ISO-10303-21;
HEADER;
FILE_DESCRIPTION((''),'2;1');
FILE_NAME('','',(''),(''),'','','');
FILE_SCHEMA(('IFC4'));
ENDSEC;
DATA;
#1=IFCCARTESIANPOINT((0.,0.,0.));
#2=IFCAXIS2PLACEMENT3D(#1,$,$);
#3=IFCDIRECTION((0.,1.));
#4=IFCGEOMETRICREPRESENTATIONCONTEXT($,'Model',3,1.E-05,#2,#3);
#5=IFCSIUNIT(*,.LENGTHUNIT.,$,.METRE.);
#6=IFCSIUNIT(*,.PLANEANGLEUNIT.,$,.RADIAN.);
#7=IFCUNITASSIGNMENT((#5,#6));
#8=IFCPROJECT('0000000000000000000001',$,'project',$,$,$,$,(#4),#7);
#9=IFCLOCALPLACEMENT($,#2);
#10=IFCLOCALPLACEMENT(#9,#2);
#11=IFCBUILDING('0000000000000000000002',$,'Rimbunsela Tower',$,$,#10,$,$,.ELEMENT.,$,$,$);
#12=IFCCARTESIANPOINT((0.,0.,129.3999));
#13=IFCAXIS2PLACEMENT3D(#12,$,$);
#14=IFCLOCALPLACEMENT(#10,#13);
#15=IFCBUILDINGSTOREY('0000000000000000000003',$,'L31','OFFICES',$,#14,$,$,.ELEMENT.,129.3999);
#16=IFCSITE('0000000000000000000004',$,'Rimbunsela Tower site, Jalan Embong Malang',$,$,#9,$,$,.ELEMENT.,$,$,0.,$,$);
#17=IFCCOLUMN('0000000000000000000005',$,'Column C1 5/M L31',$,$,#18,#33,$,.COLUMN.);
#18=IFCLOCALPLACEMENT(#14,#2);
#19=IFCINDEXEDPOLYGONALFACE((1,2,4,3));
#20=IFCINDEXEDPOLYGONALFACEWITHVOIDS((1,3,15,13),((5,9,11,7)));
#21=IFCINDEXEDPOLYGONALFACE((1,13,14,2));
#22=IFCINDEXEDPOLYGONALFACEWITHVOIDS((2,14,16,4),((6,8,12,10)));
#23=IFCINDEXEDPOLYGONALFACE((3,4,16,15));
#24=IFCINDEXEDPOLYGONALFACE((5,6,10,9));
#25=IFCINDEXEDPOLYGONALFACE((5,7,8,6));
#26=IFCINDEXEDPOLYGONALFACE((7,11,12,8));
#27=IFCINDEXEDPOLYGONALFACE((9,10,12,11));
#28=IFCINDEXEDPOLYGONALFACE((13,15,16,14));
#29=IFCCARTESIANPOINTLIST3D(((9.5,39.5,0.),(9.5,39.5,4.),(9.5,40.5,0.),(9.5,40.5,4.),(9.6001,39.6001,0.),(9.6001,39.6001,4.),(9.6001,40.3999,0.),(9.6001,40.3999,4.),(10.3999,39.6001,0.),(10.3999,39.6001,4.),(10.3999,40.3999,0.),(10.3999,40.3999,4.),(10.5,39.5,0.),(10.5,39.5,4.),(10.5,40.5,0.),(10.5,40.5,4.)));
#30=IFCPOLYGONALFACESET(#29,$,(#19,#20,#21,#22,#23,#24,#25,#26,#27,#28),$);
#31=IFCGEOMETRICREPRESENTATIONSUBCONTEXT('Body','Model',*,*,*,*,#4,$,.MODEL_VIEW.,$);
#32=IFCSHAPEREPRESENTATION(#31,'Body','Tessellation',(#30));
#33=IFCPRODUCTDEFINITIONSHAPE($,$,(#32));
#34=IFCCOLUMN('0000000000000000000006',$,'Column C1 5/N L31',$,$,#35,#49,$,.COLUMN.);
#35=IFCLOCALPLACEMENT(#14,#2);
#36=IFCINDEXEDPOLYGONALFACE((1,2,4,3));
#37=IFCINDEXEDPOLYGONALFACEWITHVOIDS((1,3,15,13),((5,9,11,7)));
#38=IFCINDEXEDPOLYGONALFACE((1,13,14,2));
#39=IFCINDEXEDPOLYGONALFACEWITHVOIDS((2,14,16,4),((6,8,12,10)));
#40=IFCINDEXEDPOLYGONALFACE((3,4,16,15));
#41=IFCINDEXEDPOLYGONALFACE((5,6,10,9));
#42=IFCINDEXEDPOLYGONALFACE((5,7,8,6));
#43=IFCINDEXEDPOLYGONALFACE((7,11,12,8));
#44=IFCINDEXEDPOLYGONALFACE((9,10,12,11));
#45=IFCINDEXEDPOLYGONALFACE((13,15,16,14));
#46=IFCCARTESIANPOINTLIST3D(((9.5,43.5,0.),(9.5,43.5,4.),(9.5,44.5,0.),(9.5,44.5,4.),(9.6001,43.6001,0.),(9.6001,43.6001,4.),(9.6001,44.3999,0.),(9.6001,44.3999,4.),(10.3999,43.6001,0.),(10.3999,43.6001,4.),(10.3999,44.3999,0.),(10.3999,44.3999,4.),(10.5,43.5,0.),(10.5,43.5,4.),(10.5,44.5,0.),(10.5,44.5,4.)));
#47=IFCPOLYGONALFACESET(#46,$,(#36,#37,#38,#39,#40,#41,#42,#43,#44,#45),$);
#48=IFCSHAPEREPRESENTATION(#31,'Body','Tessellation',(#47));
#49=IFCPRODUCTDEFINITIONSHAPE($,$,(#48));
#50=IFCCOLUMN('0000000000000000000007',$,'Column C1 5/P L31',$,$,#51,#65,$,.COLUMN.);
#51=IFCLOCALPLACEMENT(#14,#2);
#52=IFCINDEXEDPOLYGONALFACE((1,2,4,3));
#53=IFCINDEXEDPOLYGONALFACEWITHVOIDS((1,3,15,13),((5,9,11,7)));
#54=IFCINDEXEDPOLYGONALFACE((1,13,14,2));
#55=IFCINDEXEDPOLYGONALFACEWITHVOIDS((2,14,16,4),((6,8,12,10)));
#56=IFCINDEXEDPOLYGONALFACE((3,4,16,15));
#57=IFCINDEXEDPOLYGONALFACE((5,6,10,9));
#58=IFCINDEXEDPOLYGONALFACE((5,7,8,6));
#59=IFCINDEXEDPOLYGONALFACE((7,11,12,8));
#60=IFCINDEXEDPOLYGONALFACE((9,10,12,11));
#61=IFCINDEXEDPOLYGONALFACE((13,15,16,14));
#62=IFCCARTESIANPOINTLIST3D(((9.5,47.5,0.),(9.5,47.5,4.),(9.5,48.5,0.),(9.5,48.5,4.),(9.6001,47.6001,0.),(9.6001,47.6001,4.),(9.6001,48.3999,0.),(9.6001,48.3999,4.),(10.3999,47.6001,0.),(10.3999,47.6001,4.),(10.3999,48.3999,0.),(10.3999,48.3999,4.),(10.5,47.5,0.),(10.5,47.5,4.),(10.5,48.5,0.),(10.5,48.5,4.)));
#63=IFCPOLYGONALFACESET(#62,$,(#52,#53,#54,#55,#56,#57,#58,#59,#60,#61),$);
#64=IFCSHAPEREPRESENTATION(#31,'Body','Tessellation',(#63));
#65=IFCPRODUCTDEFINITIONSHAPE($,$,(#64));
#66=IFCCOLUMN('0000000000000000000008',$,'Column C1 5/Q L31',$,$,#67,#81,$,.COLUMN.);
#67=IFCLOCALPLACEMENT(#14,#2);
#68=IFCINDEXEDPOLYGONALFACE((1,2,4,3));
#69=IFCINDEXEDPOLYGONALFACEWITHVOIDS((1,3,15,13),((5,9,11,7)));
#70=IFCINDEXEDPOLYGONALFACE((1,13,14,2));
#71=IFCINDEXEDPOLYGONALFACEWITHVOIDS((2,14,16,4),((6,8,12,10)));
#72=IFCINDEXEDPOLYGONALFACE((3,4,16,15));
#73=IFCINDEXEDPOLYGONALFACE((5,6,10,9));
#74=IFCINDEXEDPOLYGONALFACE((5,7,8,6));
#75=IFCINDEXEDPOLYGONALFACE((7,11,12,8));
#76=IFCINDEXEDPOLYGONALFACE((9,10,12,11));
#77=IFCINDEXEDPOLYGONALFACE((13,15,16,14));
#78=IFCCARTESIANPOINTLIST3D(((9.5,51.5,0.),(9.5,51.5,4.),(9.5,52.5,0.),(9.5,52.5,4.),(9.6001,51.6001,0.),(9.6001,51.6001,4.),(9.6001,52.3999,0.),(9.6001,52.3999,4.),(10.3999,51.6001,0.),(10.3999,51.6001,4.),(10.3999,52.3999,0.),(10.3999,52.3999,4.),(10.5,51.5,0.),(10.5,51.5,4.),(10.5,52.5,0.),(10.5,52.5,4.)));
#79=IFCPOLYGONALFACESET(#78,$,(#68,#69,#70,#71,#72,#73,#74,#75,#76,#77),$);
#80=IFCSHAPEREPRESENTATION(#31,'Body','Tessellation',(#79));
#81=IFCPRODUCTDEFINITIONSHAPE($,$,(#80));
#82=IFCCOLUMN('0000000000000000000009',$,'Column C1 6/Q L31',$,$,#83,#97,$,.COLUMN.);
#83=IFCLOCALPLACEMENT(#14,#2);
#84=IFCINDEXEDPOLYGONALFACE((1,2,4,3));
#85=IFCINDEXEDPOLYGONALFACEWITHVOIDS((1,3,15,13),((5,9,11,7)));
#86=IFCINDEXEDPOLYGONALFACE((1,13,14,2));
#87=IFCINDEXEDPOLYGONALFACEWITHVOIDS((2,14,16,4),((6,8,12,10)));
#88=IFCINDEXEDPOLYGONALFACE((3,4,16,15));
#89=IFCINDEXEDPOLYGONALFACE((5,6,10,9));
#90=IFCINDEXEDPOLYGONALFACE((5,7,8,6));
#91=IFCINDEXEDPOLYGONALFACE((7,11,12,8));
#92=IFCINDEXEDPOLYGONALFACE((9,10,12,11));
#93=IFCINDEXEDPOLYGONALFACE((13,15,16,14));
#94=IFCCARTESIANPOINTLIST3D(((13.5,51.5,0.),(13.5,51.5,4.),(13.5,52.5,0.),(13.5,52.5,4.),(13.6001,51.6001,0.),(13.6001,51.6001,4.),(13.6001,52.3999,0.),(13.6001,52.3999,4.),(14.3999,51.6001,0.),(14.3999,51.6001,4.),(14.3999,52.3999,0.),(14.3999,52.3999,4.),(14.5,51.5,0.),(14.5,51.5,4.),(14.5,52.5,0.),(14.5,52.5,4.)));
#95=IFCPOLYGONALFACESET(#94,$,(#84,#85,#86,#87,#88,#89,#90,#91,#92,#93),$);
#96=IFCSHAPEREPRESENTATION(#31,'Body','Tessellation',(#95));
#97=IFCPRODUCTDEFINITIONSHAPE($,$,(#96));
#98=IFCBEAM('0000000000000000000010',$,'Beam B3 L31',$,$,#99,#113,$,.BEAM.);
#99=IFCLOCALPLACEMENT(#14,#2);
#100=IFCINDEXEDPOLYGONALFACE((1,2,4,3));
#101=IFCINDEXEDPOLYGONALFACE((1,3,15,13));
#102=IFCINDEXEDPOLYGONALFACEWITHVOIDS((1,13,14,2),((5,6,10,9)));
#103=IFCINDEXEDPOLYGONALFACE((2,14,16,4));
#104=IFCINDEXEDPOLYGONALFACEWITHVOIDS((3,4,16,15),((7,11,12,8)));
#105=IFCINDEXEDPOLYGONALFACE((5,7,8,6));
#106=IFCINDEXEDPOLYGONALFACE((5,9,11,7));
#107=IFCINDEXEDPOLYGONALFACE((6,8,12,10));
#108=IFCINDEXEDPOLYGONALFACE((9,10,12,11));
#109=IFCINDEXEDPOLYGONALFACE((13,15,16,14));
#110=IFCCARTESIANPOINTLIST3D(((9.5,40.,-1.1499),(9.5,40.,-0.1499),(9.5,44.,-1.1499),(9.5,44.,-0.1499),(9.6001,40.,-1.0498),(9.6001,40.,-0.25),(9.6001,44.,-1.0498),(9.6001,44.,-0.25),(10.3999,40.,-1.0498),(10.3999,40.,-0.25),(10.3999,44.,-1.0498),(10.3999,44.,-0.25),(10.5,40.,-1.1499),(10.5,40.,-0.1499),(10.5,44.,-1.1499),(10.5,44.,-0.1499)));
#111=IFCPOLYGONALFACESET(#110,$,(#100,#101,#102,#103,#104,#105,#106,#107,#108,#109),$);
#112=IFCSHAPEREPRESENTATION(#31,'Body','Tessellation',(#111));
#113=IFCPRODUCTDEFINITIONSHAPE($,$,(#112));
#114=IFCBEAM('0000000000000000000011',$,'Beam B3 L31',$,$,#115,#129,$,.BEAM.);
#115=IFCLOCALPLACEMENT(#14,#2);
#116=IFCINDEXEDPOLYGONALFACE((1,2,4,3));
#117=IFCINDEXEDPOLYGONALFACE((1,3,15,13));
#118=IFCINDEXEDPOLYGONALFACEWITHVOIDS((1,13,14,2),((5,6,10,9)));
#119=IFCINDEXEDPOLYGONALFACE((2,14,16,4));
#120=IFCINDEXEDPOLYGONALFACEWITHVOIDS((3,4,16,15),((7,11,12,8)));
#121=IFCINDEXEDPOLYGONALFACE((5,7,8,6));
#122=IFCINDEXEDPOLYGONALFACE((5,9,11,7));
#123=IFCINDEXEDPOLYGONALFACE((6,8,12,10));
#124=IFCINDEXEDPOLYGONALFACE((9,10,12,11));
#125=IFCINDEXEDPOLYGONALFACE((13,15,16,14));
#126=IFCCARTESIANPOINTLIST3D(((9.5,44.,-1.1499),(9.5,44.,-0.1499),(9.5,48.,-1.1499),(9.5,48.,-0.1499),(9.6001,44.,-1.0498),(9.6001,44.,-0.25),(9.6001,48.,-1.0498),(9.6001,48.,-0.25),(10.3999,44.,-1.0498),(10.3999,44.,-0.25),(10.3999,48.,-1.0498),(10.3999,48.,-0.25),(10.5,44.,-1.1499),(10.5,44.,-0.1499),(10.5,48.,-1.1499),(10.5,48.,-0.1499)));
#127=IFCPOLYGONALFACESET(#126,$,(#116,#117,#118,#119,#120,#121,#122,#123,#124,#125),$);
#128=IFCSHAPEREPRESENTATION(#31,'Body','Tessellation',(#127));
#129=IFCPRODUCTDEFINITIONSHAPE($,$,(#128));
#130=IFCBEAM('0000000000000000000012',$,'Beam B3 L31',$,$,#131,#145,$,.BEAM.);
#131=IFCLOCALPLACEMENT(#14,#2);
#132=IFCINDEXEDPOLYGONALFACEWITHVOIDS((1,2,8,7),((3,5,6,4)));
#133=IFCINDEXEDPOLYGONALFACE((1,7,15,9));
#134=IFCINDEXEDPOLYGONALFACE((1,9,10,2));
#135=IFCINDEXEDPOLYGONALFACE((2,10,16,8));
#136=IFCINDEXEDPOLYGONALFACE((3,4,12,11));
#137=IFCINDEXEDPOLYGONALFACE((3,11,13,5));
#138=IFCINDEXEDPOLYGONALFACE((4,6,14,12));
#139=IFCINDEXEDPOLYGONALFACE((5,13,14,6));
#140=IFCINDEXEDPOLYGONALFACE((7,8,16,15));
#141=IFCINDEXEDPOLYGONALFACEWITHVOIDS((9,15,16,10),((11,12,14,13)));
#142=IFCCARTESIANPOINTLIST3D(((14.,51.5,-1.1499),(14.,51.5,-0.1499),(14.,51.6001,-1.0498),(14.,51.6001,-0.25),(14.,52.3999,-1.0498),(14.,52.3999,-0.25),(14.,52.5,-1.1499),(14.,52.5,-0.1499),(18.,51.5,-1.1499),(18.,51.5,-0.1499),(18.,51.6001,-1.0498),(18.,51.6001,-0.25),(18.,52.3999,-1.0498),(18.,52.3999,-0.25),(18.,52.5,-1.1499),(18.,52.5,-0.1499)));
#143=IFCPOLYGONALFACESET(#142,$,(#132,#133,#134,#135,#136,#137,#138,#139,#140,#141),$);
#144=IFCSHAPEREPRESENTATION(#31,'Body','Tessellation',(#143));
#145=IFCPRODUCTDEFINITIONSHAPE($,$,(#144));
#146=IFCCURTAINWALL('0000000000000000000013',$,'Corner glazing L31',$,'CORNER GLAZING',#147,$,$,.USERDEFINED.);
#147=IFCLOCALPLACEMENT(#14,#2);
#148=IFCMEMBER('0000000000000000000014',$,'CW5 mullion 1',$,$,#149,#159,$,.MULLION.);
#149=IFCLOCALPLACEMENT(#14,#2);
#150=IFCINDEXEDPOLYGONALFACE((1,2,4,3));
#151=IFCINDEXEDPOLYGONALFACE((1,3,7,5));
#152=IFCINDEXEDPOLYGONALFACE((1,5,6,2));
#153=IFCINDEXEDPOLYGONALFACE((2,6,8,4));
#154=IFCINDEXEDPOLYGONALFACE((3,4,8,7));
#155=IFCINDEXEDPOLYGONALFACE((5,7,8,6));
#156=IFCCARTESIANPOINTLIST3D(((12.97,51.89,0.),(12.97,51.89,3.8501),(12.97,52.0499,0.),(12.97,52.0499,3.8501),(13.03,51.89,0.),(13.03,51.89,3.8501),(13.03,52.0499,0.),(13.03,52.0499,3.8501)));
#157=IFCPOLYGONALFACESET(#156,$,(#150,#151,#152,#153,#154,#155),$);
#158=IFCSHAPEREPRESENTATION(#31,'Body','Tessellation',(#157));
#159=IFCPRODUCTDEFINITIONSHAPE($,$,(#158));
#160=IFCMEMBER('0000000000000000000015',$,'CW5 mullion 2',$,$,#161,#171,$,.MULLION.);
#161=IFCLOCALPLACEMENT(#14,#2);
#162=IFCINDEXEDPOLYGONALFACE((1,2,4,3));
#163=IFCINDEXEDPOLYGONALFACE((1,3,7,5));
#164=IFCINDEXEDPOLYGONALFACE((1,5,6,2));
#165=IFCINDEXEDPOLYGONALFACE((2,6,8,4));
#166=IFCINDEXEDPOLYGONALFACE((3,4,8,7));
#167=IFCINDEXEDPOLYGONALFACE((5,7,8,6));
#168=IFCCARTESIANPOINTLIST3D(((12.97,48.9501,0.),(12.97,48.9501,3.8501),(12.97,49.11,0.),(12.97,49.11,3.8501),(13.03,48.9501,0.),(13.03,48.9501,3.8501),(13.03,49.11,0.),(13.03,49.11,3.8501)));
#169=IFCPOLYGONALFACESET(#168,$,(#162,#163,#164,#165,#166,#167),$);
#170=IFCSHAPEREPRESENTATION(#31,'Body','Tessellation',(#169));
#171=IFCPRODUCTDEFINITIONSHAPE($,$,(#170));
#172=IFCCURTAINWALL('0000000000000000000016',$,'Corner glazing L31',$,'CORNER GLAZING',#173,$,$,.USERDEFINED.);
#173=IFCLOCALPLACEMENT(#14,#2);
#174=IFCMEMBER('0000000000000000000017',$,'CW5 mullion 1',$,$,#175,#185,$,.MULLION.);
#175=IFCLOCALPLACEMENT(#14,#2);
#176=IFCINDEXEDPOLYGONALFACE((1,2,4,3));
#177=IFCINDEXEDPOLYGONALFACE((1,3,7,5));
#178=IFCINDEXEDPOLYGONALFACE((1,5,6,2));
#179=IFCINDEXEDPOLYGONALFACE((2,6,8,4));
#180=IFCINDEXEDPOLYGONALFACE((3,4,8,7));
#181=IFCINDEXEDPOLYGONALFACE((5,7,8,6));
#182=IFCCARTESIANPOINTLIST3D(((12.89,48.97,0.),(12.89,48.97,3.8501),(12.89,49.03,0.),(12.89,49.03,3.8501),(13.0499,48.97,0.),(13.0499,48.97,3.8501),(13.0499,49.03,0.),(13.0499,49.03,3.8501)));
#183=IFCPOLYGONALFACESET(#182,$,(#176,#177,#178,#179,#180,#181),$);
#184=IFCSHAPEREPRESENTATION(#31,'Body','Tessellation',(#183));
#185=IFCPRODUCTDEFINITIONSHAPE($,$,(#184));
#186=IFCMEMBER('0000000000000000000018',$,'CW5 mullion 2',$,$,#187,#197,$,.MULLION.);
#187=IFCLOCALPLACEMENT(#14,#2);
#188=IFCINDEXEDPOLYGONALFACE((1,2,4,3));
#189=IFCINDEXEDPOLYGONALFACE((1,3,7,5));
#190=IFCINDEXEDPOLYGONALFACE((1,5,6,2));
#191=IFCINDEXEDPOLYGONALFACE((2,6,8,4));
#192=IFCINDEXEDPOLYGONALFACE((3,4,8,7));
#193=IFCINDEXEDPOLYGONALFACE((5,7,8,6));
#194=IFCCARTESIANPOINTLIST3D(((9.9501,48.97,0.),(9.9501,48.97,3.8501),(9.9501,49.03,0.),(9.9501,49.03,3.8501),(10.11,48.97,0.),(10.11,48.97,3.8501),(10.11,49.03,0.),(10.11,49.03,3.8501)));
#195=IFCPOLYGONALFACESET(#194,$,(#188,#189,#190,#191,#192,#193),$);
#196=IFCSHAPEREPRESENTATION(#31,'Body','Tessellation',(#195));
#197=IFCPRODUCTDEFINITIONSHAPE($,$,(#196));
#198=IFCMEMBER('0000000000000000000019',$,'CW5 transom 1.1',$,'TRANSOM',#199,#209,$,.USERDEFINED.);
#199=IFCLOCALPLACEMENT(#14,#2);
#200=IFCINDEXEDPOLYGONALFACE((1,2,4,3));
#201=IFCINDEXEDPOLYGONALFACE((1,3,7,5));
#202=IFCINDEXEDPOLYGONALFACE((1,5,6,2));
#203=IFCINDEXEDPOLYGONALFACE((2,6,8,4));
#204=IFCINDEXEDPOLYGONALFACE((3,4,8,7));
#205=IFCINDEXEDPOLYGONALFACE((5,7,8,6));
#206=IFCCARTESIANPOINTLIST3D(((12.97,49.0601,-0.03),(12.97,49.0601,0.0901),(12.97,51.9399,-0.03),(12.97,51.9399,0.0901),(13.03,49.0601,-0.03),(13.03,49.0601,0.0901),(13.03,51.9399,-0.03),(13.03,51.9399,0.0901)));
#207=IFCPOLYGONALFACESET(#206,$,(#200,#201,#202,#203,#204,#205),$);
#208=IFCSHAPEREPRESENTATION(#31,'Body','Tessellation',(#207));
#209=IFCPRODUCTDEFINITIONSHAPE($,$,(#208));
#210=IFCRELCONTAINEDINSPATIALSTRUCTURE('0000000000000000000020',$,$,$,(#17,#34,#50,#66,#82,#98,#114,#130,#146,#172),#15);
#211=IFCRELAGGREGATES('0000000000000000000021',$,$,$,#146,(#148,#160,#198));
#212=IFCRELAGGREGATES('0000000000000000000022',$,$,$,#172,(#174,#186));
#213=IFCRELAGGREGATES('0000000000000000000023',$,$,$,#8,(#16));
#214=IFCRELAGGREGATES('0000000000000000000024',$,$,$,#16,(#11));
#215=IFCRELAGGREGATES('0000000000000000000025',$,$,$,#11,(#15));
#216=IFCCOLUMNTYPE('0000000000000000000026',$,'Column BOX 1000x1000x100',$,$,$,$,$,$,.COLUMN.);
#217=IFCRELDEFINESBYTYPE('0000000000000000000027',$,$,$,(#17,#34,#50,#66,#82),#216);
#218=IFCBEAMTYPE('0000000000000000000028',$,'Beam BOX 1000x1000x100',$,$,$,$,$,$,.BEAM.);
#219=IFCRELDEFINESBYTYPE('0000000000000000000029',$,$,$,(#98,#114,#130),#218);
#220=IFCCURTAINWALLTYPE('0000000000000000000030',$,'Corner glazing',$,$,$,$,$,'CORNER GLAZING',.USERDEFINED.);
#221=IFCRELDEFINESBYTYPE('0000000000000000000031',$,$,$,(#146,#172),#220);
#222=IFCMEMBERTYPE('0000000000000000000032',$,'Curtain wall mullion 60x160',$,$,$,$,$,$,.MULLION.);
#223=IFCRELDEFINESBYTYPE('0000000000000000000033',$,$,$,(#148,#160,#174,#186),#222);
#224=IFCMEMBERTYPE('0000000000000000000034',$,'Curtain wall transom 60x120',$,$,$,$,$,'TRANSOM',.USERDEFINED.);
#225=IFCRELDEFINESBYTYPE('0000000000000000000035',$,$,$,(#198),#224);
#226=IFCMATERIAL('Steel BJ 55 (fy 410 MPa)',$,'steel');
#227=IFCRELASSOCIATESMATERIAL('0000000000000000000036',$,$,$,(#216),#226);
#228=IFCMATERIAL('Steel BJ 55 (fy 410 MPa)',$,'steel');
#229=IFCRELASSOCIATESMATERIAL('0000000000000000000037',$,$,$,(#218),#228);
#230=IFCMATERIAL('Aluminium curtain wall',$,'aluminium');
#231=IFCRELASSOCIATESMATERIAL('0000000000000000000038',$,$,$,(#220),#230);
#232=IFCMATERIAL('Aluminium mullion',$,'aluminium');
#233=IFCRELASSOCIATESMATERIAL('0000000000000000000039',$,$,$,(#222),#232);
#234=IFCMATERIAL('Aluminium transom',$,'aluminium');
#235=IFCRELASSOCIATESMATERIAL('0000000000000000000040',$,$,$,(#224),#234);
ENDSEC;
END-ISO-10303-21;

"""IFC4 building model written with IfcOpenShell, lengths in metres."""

from ifc_helpers import new_model, si_unit, direction, frame, origin, origin_2d, place, context, subcontext, project, spatial, rectangle, hollow_rectangle, extrude, material, material_profile, profile_set, type_object, element, aggregate, save


model = new_model("IFC4")

# Units and contexts
model_context = context("Model", 3, precision=1e-05, world=origin(), true_north=direction((0.0, 1.0)))
body_context = subcontext(model_context, "Body", "Model", "MODEL_VIEW")
ifc_project = project(units=[si_unit("LENGTHUNIT", "METRE"), si_unit("PLANEANGLEUNIT", "RADIAN")], contexts=[model_context])

# Site, building, storey
site_placement = place(None, origin())
site = spatial("IfcSite", under=ifc_project, at=site_placement, Name="Rimbunsela Tower site, Jalan Embong Malang", CompositionType="ELEMENT", RefElevation=0.0)
building_placement = place(site_placement, origin())
building = spatial("IfcBuilding", under=site, at=building_placement, Name="Rimbunsela Tower", CompositionType="ELEMENT")
storey_placement = place(building_placement, frame((0.0, 0.0, 129.3999)))
storey = spatial("IfcBuildingStorey", under=building, at=storey_placement, Name="L31", Description="OFFICES", CompositionType="ELEMENT", Elevation=129.3999)

# Columns
ifc_material_1 = material(Name="Steel BJ 55 (fy 410 MPa)", Category="steel")
ifc_material_profile_1 = material_profile(ifc_material_1, hollow_rectangle(XDim=1.0, YDim=1.0, WallThickness=0.1001, at=origin_2d()), Name="BOX 1000x1000x100")
ifc_profile_set_1 = profile_set([ifc_material_profile_1], Name="Steel BJ 55 (fy 410 MPa)")
column_type = type_object("IfcColumnType", Name="Column BOX 1000x1000x100", PredefinedType="COLUMN", material=ifc_profile_set_1)
for number, where, z_axis, x_axis, name in (
    (1, (10.0, 40.0, 0.0), (0.0, 0.0, 1.0), (1.0, 0.0, 0.0), "Column C1 5/M L31"),
    (2, (10.0, 44.0, 0.0), (0.0, 0.0, 1.0), (1.0, 0.0, 0.0), "Column C1 5/N L31"),
    (3, (10.0, 48.0, 0.0), (0.0, 0.0, 1.0), (1.0, 0.0, 0.0), "Column C1 5/P L31"),
    (4, (10.0, 52.0, 0.0), (0.0, 0.0, 1.0), (1.0, 0.0, 0.0), "Column C1 5/Q L31"),
    (5, (14.0, 52.0, 0.0), (0.0, 0.0, 1.0), (1.0, 0.0, 0.0), "Column C1 6/Q L31"),
):
    element("IfcColumn", number, at=place(storey_placement, frame(where, z_axis=z_axis, x_axis=x_axis)), inside=storey, type_object=column_type, Name=name, PredefinedType="COLUMN", context=body_context, shape_type="SweptSolid", body=[
        extrude(hollow_rectangle(XDim=1.0, YDim=1.0, WallThickness=0.1001, at=origin_2d()), origin(), (0.0, 0.0, 1.0), 4.0),
    ])

# Beams
ifc_material_2 = material(Name="Steel BJ 55 (fy 410 MPa)", Category="steel")
ifc_material_profile_2 = material_profile(ifc_material_2, hollow_rectangle(XDim=1.0, YDim=1.0, WallThickness=0.1001, at=origin_2d()), Name="BOX 1000x1000x100")
ifc_profile_set_2 = profile_set([ifc_material_profile_2], Name="Steel BJ 55 (fy 410 MPa)")
beam_type = type_object("IfcBeamType", Name="Beam BOX 1000x1000x100", PredefinedType="BEAM", material=ifc_profile_set_2)
for number, where, z_axis, x_axis, name in (
    (6, (10.0, 40.0, -0.6499), (0.0, 1.0, 0.0), (-1.0, 0.0, 0.0), "Beam B3 L31"),
    (7, (10.0, 44.0, -0.6499), (0.0, 1.0, 0.0), (-1.0, 0.0, 0.0), "Beam B3 L31"),
    (8, (14.0, 52.0, -0.6499), (1.0, 0.0, 0.0), (0.0, 1.0, 0.0), "Beam B3 L31"),
):
    element("IfcBeam", number, at=place(storey_placement, frame(where, z_axis=z_axis, x_axis=x_axis)), inside=storey, type_object=beam_type, Name=name, PredefinedType="BEAM", context=body_context, shape_type="SweptSolid", body=[
        extrude(hollow_rectangle(XDim=1.0, YDim=1.0, WallThickness=0.1001, at=origin_2d()), origin(), (0.0, 0.0, 1.0), 4.0),
    ])

# Curtain walls, members
ifc_material_3 = material(Name="Aluminium curtain wall", Category="aluminium")
curtain_wall_type = type_object("IfcCurtainWallType", Name="Corner glazing", ElementType="CORNER GLAZING", PredefinedType="USERDEFINED", material=ifc_material_3)
curtain_wall_1_placement = place(storey_placement, origin())
curtain_wall_1 = element("IfcCurtainWall", 9, at=curtain_wall_1_placement, inside=storey, type_object=curtain_wall_type, Name="Corner glazing L31", ObjectType="CORNER GLAZING", PredefinedType="USERDEFINED")
ifc_material_4 = material(Name="Aluminium mullion", Category="aluminium")
ifc_material_profile_3 = material_profile(ifc_material_4, rectangle(XDim=0.0601, YDim=0.1599, at=origin_2d()), Name="Mullion 60x160")
ifc_profile_set_3 = profile_set([ifc_material_profile_3], Name="Aluminium mullion")
member_type_1 = type_object("IfcMemberType", Name="Curtain wall mullion 60x160", PredefinedType="MULLION", material=ifc_profile_set_3)
member_1_placement = place(storey_placement, frame((13.0, 51.97, 0.0), z_axis=(0.0, 0.0, 1.0), x_axis=(1.0, 0.0, 0.0)))
member_1 = element("IfcMember", 10, at=member_1_placement, type_object=member_type_1, Name="CW5 mullion 1", PredefinedType="MULLION", context=body_context, shape_type="SweptSolid", body=[
    extrude(rectangle(XDim=0.0601, YDim=0.1599, at=origin_2d()), origin(), (0.0, 0.0, 1.0), 3.8501),
])
member_2_placement = place(storey_placement, frame((13.0, 49.03, 0.0), z_axis=(0.0, 0.0, 1.0), x_axis=(1.0, 0.0, 0.0)))
member_2 = element("IfcMember", 11, at=member_2_placement, type_object=member_type_1, Name="CW5 mullion 2", PredefinedType="MULLION", context=body_context, shape_type="SweptSolid", body=[
    extrude(rectangle(XDim=0.0601, YDim=0.1599, at=origin_2d()), origin(), (0.0, 0.0, 1.0), 3.8501),
])
curtain_wall_2_placement = place(storey_placement, origin())
curtain_wall_2 = element("IfcCurtainWall", 12, at=curtain_wall_2_placement, inside=storey, type_object=curtain_wall_type, Name="Corner glazing L31", ObjectType="CORNER GLAZING", PredefinedType="USERDEFINED")
member_3_placement = place(storey_placement, frame((12.97, 49.0, 0.0), z_axis=(0.0, 0.0, 1.0), x_axis=(0.0, -1.0, 0.0)))
member_3 = element("IfcMember", 13, at=member_3_placement, type_object=member_type_1, Name="CW5 mullion 1", PredefinedType="MULLION", context=body_context, shape_type="SweptSolid", body=[
    extrude(rectangle(XDim=0.0601, YDim=0.1599, at=origin_2d()), origin(), (0.0, 0.0, 1.0), 3.8501),
])
member_4_placement = place(storey_placement, frame((10.03, 49.0, 0.0), z_axis=(0.0, 0.0, 1.0), x_axis=(0.0, -1.0, 0.0)))
member_4 = element("IfcMember", 14, at=member_4_placement, type_object=member_type_1, Name="CW5 mullion 2", PredefinedType="MULLION", context=body_context, shape_type="SweptSolid", body=[
    extrude(rectangle(XDim=0.0601, YDim=0.1599, at=origin_2d()), origin(), (0.0, 0.0, 1.0), 3.8501),
])

# Member
ifc_material_5 = material(Name="Aluminium transom", Category="aluminium")
ifc_material_profile_4 = material_profile(ifc_material_5, rectangle(XDim=0.0601, YDim=0.1201, at=origin_2d()), Name="Transom 60x120")
ifc_profile_set_4 = profile_set([ifc_material_profile_4], Name="Aluminium transom")
member_type_2 = type_object("IfcMemberType", Name="Curtain wall transom 60x120", ElementType="TRANSOM", PredefinedType="USERDEFINED", material=ifc_profile_set_4)
member_5_placement = place(storey_placement, frame((13.0, 51.9399, 0.03), z_axis=(0.0, -1.0, 0.0), x_axis=(1.0, 0.0, 0.0)))
member_5 = element("IfcMember", 15, at=member_5_placement, type_object=member_type_2, Name="CW5 transom 1.1", ObjectType="TRANSOM", PredefinedType="USERDEFINED", context=body_context, shape_type="SweptSolid", body=[
    extrude(rectangle(XDim=0.0601, YDim=0.1201, at=origin_2d()), origin(), (0.0, 0.0, 1.0), 2.8799),
])

aggregate(curtain_wall_1, [member_1, member_2, member_5])
aggregate(curtain_wall_2, [member_3, member_4])

save(model, "model.ifc")
